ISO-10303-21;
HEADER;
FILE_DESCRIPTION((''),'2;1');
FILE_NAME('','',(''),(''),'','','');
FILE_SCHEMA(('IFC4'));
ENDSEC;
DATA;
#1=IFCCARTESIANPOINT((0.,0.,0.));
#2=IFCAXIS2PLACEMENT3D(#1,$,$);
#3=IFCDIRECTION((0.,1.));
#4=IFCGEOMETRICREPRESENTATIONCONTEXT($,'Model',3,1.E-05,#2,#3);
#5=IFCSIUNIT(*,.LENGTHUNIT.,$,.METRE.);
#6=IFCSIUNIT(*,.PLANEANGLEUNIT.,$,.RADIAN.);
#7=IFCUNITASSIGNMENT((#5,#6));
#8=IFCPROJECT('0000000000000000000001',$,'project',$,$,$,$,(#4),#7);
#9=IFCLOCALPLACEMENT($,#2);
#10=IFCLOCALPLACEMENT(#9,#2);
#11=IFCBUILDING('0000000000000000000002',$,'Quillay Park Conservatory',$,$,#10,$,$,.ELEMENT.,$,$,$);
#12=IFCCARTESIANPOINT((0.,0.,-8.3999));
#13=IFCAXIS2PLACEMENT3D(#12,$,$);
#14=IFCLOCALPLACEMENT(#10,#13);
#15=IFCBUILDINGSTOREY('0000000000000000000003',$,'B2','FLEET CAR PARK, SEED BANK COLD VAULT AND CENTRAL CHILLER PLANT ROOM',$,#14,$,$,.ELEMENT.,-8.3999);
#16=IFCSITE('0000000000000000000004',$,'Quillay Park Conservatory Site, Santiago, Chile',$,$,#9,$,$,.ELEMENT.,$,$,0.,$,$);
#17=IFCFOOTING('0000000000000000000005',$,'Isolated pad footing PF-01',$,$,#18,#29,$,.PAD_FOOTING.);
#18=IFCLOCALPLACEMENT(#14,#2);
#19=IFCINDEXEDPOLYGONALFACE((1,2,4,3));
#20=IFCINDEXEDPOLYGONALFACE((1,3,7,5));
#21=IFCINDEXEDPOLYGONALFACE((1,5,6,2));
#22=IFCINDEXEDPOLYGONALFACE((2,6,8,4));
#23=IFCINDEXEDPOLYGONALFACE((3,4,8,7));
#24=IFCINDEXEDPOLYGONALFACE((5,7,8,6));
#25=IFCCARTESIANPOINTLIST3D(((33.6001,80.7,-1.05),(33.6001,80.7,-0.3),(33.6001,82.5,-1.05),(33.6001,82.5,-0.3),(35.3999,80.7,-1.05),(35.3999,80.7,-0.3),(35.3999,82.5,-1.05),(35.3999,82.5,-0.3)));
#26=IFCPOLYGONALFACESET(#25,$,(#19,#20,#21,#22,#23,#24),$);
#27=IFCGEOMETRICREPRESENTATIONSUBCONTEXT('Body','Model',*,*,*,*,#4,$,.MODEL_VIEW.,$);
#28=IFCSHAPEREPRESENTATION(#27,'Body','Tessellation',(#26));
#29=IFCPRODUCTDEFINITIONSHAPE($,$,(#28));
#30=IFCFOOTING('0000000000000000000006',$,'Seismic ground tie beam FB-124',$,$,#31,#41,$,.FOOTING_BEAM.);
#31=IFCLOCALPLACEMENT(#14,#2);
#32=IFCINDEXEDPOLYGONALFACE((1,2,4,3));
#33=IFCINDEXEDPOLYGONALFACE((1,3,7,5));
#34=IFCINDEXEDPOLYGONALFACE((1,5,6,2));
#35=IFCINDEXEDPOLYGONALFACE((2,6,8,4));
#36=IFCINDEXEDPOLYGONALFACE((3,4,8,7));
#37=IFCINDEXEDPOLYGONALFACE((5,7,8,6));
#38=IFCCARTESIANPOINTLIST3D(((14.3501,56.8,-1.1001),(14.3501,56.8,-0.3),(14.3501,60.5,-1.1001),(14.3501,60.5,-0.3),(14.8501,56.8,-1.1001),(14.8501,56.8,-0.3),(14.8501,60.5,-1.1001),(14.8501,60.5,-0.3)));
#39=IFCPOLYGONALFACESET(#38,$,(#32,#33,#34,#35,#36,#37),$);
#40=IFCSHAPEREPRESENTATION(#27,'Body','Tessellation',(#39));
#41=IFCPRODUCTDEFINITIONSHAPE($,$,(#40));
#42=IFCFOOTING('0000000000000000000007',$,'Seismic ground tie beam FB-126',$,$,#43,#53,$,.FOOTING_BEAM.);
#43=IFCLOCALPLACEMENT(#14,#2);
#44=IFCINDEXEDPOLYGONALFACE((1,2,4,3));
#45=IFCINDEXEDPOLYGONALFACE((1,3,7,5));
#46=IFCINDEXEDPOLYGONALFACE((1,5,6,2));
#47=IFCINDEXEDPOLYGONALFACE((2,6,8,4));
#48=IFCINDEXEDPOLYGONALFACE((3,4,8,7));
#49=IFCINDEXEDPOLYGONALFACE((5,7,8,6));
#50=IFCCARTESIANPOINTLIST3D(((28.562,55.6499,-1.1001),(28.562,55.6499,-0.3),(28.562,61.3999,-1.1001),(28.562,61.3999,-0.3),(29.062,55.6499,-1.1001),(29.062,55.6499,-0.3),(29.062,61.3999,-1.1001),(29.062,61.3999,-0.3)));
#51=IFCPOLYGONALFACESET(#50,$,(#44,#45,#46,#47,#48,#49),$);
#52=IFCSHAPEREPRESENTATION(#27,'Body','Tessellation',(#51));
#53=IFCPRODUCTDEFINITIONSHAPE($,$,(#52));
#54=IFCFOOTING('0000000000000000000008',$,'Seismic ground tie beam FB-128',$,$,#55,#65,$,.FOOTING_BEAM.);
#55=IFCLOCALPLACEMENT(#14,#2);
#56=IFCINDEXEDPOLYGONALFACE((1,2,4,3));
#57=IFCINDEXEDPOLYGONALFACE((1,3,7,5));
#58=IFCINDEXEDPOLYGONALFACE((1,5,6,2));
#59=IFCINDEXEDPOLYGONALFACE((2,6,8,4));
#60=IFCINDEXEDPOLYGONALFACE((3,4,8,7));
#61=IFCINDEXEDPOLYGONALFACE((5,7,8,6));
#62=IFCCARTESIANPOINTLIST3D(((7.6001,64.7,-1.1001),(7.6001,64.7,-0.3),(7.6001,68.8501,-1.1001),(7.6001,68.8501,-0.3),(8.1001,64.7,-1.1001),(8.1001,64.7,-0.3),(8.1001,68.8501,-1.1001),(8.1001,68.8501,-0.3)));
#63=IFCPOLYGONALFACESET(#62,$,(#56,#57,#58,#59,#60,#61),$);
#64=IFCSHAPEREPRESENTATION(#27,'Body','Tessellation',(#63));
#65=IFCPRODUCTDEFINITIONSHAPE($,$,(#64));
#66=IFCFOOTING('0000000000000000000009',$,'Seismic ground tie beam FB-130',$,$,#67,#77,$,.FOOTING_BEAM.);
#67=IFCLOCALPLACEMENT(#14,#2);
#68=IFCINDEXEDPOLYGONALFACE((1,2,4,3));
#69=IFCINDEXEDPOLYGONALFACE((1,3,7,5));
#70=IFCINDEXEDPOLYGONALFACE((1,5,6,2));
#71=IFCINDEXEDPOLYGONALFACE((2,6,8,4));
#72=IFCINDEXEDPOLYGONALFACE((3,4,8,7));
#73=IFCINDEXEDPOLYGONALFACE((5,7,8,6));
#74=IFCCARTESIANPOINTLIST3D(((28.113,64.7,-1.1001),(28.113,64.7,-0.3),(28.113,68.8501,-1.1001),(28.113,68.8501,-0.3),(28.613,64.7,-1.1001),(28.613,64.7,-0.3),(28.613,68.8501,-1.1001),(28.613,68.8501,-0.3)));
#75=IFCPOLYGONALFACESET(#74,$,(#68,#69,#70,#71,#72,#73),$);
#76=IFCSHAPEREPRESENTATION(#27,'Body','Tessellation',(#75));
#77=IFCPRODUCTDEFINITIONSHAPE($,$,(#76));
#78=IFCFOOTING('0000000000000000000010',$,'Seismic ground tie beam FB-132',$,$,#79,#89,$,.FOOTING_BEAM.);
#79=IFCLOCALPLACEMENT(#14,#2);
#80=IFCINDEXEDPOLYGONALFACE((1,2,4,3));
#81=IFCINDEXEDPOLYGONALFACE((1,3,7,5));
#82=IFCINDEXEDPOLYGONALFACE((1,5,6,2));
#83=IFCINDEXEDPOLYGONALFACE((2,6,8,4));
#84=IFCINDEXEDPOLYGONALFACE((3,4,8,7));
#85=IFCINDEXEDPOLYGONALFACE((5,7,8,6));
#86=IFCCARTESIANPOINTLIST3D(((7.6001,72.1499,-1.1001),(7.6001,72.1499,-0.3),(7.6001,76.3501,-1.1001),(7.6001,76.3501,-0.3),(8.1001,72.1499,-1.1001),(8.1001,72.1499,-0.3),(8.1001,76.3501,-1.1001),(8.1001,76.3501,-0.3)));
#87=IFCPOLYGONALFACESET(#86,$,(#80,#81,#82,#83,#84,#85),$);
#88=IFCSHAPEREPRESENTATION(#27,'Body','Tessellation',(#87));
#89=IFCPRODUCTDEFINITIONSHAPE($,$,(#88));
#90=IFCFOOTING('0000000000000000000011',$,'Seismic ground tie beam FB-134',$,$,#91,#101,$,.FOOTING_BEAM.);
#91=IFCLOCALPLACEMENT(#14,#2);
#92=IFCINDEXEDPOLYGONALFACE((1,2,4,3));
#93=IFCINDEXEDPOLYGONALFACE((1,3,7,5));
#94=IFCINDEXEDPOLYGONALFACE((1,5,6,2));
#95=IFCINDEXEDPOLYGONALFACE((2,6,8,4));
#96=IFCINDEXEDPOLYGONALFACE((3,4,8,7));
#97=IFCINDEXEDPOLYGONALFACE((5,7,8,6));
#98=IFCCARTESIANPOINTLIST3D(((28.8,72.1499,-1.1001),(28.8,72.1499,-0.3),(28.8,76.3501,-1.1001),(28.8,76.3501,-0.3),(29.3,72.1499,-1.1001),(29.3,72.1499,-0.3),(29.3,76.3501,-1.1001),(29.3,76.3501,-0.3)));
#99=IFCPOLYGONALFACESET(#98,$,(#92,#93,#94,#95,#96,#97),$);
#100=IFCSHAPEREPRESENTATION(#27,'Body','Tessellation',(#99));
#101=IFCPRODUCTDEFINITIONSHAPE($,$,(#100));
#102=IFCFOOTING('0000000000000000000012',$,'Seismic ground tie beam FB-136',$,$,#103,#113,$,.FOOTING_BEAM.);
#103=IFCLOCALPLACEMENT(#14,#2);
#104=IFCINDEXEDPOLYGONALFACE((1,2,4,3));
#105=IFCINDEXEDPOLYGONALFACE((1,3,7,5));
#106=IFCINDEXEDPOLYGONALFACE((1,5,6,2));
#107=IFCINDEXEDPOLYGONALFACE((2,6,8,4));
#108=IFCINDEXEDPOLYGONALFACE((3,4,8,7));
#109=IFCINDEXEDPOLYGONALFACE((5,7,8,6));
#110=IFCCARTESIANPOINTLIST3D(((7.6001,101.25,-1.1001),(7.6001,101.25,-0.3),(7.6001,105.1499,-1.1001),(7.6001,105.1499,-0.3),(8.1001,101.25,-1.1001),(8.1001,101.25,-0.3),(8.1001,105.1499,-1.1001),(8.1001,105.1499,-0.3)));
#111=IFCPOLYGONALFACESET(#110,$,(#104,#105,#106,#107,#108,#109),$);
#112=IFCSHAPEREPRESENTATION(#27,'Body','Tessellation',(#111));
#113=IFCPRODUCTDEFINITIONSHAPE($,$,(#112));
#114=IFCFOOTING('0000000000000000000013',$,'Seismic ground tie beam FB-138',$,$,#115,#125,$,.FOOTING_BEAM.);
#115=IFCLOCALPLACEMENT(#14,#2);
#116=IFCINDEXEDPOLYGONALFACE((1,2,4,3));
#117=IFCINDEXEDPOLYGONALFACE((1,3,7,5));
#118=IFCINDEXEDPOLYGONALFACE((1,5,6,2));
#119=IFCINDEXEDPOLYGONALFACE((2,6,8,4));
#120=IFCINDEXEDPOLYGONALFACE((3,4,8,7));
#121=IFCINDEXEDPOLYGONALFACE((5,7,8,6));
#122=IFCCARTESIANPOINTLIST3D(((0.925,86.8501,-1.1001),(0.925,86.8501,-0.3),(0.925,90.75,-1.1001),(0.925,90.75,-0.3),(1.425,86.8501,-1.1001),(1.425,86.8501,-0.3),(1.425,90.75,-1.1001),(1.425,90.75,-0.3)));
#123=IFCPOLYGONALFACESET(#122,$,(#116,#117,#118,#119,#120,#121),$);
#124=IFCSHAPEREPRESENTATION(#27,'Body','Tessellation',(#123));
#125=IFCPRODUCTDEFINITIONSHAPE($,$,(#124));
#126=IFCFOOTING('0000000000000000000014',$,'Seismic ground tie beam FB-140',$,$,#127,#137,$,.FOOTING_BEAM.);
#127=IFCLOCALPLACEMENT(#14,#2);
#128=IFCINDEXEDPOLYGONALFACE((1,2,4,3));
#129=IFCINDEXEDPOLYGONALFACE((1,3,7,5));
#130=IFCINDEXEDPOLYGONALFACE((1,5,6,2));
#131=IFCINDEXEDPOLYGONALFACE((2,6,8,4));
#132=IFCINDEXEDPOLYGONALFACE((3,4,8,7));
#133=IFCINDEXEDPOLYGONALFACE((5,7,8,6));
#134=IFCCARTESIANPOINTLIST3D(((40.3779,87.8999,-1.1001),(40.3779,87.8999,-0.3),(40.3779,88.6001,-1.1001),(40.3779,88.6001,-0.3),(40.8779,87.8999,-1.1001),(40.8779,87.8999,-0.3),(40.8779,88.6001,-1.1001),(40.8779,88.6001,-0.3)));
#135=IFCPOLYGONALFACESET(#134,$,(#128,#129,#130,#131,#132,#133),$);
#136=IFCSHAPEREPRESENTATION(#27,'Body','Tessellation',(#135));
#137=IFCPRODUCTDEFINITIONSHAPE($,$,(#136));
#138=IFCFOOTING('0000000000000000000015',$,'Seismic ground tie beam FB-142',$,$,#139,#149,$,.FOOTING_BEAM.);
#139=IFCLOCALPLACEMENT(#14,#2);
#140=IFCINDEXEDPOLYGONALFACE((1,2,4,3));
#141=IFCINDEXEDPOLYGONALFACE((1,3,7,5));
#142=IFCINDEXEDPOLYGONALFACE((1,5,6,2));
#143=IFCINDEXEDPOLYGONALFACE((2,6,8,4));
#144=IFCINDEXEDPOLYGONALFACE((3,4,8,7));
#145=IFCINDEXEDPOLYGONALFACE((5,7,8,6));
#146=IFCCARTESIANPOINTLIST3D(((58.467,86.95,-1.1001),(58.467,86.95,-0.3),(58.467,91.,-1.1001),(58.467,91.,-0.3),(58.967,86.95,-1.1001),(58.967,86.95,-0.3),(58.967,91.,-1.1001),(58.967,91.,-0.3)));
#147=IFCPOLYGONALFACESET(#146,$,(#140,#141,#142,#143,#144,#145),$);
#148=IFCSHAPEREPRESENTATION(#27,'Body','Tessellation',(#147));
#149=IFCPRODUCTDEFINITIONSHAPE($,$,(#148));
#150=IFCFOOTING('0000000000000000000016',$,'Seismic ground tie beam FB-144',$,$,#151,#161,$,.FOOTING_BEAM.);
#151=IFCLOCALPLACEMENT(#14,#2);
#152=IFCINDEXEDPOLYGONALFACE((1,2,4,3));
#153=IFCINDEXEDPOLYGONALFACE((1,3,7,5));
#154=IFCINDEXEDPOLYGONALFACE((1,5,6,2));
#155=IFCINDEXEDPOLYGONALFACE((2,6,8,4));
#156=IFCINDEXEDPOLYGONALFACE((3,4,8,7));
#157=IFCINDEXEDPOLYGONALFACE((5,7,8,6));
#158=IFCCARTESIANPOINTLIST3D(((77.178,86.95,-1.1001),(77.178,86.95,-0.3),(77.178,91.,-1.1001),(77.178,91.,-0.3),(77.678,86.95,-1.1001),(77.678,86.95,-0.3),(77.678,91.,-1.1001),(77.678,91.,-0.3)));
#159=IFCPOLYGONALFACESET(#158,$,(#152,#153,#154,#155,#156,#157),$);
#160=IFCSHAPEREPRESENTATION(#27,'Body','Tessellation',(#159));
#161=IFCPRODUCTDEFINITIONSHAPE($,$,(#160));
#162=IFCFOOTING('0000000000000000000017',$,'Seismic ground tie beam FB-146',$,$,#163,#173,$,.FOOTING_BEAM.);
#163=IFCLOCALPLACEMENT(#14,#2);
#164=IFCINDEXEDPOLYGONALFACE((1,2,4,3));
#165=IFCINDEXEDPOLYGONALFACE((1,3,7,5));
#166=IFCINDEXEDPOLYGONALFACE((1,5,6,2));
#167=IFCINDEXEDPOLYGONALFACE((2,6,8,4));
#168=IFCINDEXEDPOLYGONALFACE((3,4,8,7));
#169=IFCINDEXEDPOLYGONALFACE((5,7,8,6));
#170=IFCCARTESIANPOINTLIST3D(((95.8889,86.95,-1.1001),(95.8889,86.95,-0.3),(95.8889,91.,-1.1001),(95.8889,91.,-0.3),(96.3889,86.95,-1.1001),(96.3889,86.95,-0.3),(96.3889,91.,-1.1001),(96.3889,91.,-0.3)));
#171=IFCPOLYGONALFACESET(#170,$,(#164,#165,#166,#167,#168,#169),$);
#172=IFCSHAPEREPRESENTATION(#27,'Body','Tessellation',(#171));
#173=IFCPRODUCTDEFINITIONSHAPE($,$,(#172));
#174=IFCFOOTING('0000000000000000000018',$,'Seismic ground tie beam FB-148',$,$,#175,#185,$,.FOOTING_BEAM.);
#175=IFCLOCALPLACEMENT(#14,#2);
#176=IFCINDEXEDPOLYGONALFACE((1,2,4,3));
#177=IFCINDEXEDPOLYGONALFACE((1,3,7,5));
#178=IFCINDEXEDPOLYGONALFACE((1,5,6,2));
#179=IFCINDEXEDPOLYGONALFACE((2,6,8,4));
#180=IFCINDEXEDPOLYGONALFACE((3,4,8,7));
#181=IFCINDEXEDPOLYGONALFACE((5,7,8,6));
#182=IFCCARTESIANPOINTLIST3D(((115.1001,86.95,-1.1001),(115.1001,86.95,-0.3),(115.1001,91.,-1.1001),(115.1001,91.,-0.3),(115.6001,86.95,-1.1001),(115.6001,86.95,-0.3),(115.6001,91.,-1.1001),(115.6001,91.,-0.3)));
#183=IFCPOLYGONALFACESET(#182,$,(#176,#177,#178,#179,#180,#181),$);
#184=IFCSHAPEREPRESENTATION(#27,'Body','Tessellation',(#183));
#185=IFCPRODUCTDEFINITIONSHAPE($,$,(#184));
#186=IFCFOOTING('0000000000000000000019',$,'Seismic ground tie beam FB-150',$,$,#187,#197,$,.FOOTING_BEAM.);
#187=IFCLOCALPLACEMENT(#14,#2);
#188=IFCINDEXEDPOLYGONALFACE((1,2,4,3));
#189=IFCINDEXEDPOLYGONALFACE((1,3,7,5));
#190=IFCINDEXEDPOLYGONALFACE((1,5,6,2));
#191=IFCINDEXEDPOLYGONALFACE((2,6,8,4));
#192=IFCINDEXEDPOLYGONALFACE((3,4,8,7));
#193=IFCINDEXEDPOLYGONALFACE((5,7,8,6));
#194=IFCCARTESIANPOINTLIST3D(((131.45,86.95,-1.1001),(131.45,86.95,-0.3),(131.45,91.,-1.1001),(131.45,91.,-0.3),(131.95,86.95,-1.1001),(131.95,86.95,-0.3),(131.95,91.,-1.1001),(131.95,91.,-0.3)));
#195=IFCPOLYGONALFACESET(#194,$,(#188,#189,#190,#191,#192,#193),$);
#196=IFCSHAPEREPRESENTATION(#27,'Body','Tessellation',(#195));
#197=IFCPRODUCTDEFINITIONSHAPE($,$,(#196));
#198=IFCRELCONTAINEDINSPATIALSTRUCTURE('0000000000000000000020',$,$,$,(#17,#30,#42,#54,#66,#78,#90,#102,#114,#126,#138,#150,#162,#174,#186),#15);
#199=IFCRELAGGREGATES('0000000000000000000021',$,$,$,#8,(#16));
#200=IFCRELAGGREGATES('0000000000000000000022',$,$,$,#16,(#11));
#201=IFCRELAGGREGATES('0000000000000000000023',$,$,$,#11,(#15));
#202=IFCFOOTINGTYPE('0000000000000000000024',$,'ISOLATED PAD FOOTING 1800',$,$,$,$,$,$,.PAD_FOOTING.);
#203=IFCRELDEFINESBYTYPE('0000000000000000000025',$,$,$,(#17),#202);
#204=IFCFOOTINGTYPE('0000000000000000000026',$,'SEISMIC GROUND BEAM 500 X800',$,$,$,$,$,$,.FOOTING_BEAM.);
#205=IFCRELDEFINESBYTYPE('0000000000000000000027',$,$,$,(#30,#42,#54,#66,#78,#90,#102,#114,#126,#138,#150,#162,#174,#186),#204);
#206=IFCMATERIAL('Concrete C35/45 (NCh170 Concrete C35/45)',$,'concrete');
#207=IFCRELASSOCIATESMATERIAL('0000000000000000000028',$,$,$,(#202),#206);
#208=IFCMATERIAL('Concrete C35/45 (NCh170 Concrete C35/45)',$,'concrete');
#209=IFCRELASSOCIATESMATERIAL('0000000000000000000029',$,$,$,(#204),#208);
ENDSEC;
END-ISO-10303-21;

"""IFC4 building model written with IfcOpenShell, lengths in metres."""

from ifc_helpers import new_model, si_unit, direction, frame, origin, place, context, subcontext, project, spatial, polyline, outline, extrude, material, type_object, element, save


model = new_model("IFC4")

# Units and contexts
model_context = context("Model", 3, precision=1e-05, world=origin(), true_north=direction((0.0, 1.0)))
body_context = subcontext(model_context, "Body", "Model", "MODEL_VIEW")
ifc_project = project(units=[si_unit("LENGTHUNIT", "METRE"), si_unit("PLANEANGLEUNIT", "RADIAN")], contexts=[model_context])

# Site, building, storey
site_placement = place(None, origin())
site = spatial("IfcSite", under=ifc_project, at=site_placement, Name="Quillay Park Conservatory Site, Santiago, Chile", CompositionType="ELEMENT", RefElevation=0.0)
building_placement = place(site_placement, origin())
building = spatial("IfcBuilding", under=site, at=building_placement, Name="Quillay Park Conservatory", CompositionType="ELEMENT")
storey_placement = place(building_placement, frame((0.0, 0.0, -8.3999)))
storey = spatial("IfcBuildingStorey", under=building, at=storey_placement, Name="B2", Description="FLEET CAR PARK, SEED BANK COLD VAULT AND CENTRAL CHILLER PLANT ROOM", CompositionType="ELEMENT", Elevation=-8.3999)

# Footings
ifc_material_1 = material(Name="Concrete C35/45 (NCh170 Concrete C35/45)", Category="concrete")
footing_type_1 = type_object("IfcFootingType", Name="ISOLATED PAD FOOTING 1800", PredefinedType="PAD_FOOTING", material=ifc_material_1)
footing_1_placement = place(storey_placement, frame((0.0, 0.0, -1.05)))
element("IfcFooting", 1, at=footing_1_placement, inside=storey, type_object=footing_type_1, Name="Isolated pad footing PF-01", PredefinedType="PAD_FOOTING", context=body_context, shape_type="SweptSolid", body=[
    extrude(outline(polyline([(33.6001, 80.7), (35.3999, 80.7), (35.3999, 82.5), (33.6001, 82.5), (33.6001, 80.7)])), origin(), (0.0, 0.0, 1.0), 0.75),
])
ifc_material_2 = material(Name="Concrete C35/45 (NCh170 Concrete C35/45)", Category="concrete")
footing_type_2 = type_object("IfcFootingType", Name="SEISMIC GROUND BEAM 500 X800", PredefinedType="FOOTING_BEAM", material=ifc_material_2)
footing_2_placement = place(storey_placement, frame((0.0, 0.0, -1.1001)))
element("IfcFooting", 2, at=footing_2_placement, inside=storey, type_object=footing_type_2, Name="Seismic ground tie beam FB-124", PredefinedType="FOOTING_BEAM", context=body_context, shape_type="SweptSolid", body=[
    extrude(outline(polyline([(14.3501, 56.8), (14.8501, 56.8), (14.8501, 60.5), (14.3501, 60.5), (14.3501, 56.8)])), origin(), (0.0, 0.0, 1.0), 0.8),
])
footing_3_placement = place(storey_placement, frame((0.0, 0.0, -1.1001)))
element("IfcFooting", 3, at=footing_3_placement, inside=storey, type_object=footing_type_2, Name="Seismic ground tie beam FB-126", PredefinedType="FOOTING_BEAM", context=body_context, shape_type="SweptSolid", body=[
    extrude(outline(polyline([(28.562, 55.6499), (29.062, 55.6499), (29.062, 61.3999), (28.562, 61.3999), (28.562, 55.6499)])), origin(), (0.0, 0.0, 1.0), 0.8),
])
footing_4_placement = place(storey_placement, frame((0.0, 0.0, -1.1001)))
element("IfcFooting", 4, at=footing_4_placement, inside=storey, type_object=footing_type_2, Name="Seismic ground tie beam FB-128", PredefinedType="FOOTING_BEAM", context=body_context, shape_type="SweptSolid", body=[
    extrude(outline(polyline([(7.6001, 64.7), (8.1001, 64.7), (8.1001, 68.8501), (7.6001, 68.8501), (7.6001, 64.7)])), origin(), (0.0, 0.0, 1.0), 0.8),
])
footing_5_placement = place(storey_placement, frame((0.0, 0.0, -1.1001)))
element("IfcFooting", 5, at=footing_5_placement, inside=storey, type_object=footing_type_2, Name="Seismic ground tie beam FB-130", PredefinedType="FOOTING_BEAM", context=body_context, shape_type="SweptSolid", body=[
    extrude(outline(polyline([(28.113, 64.7), (28.613, 64.7), (28.613, 68.8501), (28.113, 68.8501), (28.113, 64.7)])), origin(), (0.0, 0.0, 1.0), 0.8),
])
footing_6_placement = place(storey_placement, frame((0.0, 0.0, -1.1001)))
element("IfcFooting", 6, at=footing_6_placement, inside=storey, type_object=footing_type_2, Name="Seismic ground tie beam FB-132", PredefinedType="FOOTING_BEAM", context=body_context, shape_type="SweptSolid", body=[
    extrude(outline(polyline([(7.6001, 72.1499), (8.1001, 72.1499), (8.1001, 76.3501), (7.6001, 76.3501), (7.6001, 72.1499)])), origin(), (0.0, 0.0, 1.0), 0.8),
])
footing_7_placement = place(storey_placement, frame((0.0, 0.0, -1.1001)))
element("IfcFooting", 7, at=footing_7_placement, inside=storey, type_object=footing_type_2, Name="Seismic ground tie beam FB-134", PredefinedType="FOOTING_BEAM", context=body_context, shape_type="SweptSolid", body=[
    extrude(outline(polyline([(28.8, 72.1499), (29.3, 72.1499), (29.3, 76.3501), (28.8, 76.3501), (28.8, 72.1499)])), origin(), (0.0, 0.0, 1.0), 0.8),
])
footing_8_placement = place(storey_placement, frame((0.0, 0.0, -1.1001)))
element("IfcFooting", 8, at=footing_8_placement, inside=storey, type_object=footing_type_2, Name="Seismic ground tie beam FB-136", PredefinedType="FOOTING_BEAM", context=body_context, shape_type="SweptSolid", body=[
    extrude(outline(polyline([(7.6001, 101.25), (8.1001, 101.25), (8.1001, 105.1499), (7.6001, 105.1499), (7.6001, 101.25)])), origin(), (0.0, 0.0, 1.0), 0.8),
])
footing_9_placement = place(storey_placement, frame((0.0, 0.0, -1.1001)))
element("IfcFooting", 9, at=footing_9_placement, inside=storey, type_object=footing_type_2, Name="Seismic ground tie beam FB-138", PredefinedType="FOOTING_BEAM", context=body_context, shape_type="SweptSolid", body=[
    extrude(outline(polyline([(0.925, 86.8501), (1.425, 86.8501), (1.425, 90.75), (0.925, 90.75), (0.925, 86.8501)])), origin(), (0.0, 0.0, 1.0), 0.8),
])
footing_10_placement = place(storey_placement, frame((0.0, 0.0, -1.1001)))
element("IfcFooting", 10, at=footing_10_placement, inside=storey, type_object=footing_type_2, Name="Seismic ground tie beam FB-140", PredefinedType="FOOTING_BEAM", context=body_context, shape_type="SweptSolid", body=[
    extrude(outline(polyline([(40.3779, 87.8999), (40.8779, 87.8999), (40.8779, 88.6001), (40.3779, 88.6001), (40.3779, 87.8999)])), origin(), (0.0, 0.0, 1.0), 0.8),
])
footing_11_placement = place(storey_placement, frame((0.0, 0.0, -1.1001)))
element("IfcFooting", 11, at=footing_11_placement, inside=storey, type_object=footing_type_2, Name="Seismic ground tie beam FB-142", PredefinedType="FOOTING_BEAM", context=body_context, shape_type="SweptSolid", body=[
    extrude(outline(polyline([(58.467, 86.95), (58.967, 86.95), (58.967, 91.0), (58.467, 91.0), (58.467, 86.95)])), origin(), (0.0, 0.0, 1.0), 0.8),
])
footing_12_placement = place(storey_placement, frame((0.0, 0.0, -1.1001)))
element("IfcFooting", 12, at=footing_12_placement, inside=storey, type_object=footing_type_2, Name="Seismic ground tie beam FB-144", PredefinedType="FOOTING_BEAM", context=body_context, shape_type="SweptSolid", body=[
    extrude(outline(polyline([(77.178, 86.95), (77.678, 86.95), (77.678, 91.0), (77.178, 91.0), (77.178, 86.95)])), origin(), (0.0, 0.0, 1.0), 0.8),
])
footing_13_placement = place(storey_placement, frame((0.0, 0.0, -1.1001)))
element("IfcFooting", 13, at=footing_13_placement, inside=storey, type_object=footing_type_2, Name="Seismic ground tie beam FB-146", PredefinedType="FOOTING_BEAM", context=body_context, shape_type="SweptSolid", body=[
    extrude(outline(polyline([(95.8889, 86.95), (96.3889, 86.95), (96.3889, 91.0), (95.8889, 91.0), (95.8889, 86.95)])), origin(), (0.0, 0.0, 1.0), 0.8),
])
footing_14_placement = place(storey_placement, frame((0.0, 0.0, -1.1001)))
element("IfcFooting", 14, at=footing_14_placement, inside=storey, type_object=footing_type_2, Name="Seismic ground tie beam FB-148", PredefinedType="FOOTING_BEAM", context=body_context, shape_type="SweptSolid", body=[
    extrude(outline(polyline([(115.1001, 86.95), (115.6001, 86.95), (115.6001, 91.0), (115.1001, 91.0), (115.1001, 86.95)])), origin(), (0.0, 0.0, 1.0), 0.8),
])
footing_15_placement = place(storey_placement, frame((0.0, 0.0, -1.1001)))
element("IfcFooting", 15, at=footing_15_placement, inside=storey, type_object=footing_type_2, Name="Seismic ground tie beam FB-150", PredefinedType="FOOTING_BEAM", context=body_context, shape_type="SweptSolid", body=[
    extrude(outline(polyline([(131.45, 86.95), (131.95, 86.95), (131.95, 91.0), (131.45, 91.0), (131.45, 86.95)])), origin(), (0.0, 0.0, 1.0), 0.8),
])

save(model, "model.ifc")
